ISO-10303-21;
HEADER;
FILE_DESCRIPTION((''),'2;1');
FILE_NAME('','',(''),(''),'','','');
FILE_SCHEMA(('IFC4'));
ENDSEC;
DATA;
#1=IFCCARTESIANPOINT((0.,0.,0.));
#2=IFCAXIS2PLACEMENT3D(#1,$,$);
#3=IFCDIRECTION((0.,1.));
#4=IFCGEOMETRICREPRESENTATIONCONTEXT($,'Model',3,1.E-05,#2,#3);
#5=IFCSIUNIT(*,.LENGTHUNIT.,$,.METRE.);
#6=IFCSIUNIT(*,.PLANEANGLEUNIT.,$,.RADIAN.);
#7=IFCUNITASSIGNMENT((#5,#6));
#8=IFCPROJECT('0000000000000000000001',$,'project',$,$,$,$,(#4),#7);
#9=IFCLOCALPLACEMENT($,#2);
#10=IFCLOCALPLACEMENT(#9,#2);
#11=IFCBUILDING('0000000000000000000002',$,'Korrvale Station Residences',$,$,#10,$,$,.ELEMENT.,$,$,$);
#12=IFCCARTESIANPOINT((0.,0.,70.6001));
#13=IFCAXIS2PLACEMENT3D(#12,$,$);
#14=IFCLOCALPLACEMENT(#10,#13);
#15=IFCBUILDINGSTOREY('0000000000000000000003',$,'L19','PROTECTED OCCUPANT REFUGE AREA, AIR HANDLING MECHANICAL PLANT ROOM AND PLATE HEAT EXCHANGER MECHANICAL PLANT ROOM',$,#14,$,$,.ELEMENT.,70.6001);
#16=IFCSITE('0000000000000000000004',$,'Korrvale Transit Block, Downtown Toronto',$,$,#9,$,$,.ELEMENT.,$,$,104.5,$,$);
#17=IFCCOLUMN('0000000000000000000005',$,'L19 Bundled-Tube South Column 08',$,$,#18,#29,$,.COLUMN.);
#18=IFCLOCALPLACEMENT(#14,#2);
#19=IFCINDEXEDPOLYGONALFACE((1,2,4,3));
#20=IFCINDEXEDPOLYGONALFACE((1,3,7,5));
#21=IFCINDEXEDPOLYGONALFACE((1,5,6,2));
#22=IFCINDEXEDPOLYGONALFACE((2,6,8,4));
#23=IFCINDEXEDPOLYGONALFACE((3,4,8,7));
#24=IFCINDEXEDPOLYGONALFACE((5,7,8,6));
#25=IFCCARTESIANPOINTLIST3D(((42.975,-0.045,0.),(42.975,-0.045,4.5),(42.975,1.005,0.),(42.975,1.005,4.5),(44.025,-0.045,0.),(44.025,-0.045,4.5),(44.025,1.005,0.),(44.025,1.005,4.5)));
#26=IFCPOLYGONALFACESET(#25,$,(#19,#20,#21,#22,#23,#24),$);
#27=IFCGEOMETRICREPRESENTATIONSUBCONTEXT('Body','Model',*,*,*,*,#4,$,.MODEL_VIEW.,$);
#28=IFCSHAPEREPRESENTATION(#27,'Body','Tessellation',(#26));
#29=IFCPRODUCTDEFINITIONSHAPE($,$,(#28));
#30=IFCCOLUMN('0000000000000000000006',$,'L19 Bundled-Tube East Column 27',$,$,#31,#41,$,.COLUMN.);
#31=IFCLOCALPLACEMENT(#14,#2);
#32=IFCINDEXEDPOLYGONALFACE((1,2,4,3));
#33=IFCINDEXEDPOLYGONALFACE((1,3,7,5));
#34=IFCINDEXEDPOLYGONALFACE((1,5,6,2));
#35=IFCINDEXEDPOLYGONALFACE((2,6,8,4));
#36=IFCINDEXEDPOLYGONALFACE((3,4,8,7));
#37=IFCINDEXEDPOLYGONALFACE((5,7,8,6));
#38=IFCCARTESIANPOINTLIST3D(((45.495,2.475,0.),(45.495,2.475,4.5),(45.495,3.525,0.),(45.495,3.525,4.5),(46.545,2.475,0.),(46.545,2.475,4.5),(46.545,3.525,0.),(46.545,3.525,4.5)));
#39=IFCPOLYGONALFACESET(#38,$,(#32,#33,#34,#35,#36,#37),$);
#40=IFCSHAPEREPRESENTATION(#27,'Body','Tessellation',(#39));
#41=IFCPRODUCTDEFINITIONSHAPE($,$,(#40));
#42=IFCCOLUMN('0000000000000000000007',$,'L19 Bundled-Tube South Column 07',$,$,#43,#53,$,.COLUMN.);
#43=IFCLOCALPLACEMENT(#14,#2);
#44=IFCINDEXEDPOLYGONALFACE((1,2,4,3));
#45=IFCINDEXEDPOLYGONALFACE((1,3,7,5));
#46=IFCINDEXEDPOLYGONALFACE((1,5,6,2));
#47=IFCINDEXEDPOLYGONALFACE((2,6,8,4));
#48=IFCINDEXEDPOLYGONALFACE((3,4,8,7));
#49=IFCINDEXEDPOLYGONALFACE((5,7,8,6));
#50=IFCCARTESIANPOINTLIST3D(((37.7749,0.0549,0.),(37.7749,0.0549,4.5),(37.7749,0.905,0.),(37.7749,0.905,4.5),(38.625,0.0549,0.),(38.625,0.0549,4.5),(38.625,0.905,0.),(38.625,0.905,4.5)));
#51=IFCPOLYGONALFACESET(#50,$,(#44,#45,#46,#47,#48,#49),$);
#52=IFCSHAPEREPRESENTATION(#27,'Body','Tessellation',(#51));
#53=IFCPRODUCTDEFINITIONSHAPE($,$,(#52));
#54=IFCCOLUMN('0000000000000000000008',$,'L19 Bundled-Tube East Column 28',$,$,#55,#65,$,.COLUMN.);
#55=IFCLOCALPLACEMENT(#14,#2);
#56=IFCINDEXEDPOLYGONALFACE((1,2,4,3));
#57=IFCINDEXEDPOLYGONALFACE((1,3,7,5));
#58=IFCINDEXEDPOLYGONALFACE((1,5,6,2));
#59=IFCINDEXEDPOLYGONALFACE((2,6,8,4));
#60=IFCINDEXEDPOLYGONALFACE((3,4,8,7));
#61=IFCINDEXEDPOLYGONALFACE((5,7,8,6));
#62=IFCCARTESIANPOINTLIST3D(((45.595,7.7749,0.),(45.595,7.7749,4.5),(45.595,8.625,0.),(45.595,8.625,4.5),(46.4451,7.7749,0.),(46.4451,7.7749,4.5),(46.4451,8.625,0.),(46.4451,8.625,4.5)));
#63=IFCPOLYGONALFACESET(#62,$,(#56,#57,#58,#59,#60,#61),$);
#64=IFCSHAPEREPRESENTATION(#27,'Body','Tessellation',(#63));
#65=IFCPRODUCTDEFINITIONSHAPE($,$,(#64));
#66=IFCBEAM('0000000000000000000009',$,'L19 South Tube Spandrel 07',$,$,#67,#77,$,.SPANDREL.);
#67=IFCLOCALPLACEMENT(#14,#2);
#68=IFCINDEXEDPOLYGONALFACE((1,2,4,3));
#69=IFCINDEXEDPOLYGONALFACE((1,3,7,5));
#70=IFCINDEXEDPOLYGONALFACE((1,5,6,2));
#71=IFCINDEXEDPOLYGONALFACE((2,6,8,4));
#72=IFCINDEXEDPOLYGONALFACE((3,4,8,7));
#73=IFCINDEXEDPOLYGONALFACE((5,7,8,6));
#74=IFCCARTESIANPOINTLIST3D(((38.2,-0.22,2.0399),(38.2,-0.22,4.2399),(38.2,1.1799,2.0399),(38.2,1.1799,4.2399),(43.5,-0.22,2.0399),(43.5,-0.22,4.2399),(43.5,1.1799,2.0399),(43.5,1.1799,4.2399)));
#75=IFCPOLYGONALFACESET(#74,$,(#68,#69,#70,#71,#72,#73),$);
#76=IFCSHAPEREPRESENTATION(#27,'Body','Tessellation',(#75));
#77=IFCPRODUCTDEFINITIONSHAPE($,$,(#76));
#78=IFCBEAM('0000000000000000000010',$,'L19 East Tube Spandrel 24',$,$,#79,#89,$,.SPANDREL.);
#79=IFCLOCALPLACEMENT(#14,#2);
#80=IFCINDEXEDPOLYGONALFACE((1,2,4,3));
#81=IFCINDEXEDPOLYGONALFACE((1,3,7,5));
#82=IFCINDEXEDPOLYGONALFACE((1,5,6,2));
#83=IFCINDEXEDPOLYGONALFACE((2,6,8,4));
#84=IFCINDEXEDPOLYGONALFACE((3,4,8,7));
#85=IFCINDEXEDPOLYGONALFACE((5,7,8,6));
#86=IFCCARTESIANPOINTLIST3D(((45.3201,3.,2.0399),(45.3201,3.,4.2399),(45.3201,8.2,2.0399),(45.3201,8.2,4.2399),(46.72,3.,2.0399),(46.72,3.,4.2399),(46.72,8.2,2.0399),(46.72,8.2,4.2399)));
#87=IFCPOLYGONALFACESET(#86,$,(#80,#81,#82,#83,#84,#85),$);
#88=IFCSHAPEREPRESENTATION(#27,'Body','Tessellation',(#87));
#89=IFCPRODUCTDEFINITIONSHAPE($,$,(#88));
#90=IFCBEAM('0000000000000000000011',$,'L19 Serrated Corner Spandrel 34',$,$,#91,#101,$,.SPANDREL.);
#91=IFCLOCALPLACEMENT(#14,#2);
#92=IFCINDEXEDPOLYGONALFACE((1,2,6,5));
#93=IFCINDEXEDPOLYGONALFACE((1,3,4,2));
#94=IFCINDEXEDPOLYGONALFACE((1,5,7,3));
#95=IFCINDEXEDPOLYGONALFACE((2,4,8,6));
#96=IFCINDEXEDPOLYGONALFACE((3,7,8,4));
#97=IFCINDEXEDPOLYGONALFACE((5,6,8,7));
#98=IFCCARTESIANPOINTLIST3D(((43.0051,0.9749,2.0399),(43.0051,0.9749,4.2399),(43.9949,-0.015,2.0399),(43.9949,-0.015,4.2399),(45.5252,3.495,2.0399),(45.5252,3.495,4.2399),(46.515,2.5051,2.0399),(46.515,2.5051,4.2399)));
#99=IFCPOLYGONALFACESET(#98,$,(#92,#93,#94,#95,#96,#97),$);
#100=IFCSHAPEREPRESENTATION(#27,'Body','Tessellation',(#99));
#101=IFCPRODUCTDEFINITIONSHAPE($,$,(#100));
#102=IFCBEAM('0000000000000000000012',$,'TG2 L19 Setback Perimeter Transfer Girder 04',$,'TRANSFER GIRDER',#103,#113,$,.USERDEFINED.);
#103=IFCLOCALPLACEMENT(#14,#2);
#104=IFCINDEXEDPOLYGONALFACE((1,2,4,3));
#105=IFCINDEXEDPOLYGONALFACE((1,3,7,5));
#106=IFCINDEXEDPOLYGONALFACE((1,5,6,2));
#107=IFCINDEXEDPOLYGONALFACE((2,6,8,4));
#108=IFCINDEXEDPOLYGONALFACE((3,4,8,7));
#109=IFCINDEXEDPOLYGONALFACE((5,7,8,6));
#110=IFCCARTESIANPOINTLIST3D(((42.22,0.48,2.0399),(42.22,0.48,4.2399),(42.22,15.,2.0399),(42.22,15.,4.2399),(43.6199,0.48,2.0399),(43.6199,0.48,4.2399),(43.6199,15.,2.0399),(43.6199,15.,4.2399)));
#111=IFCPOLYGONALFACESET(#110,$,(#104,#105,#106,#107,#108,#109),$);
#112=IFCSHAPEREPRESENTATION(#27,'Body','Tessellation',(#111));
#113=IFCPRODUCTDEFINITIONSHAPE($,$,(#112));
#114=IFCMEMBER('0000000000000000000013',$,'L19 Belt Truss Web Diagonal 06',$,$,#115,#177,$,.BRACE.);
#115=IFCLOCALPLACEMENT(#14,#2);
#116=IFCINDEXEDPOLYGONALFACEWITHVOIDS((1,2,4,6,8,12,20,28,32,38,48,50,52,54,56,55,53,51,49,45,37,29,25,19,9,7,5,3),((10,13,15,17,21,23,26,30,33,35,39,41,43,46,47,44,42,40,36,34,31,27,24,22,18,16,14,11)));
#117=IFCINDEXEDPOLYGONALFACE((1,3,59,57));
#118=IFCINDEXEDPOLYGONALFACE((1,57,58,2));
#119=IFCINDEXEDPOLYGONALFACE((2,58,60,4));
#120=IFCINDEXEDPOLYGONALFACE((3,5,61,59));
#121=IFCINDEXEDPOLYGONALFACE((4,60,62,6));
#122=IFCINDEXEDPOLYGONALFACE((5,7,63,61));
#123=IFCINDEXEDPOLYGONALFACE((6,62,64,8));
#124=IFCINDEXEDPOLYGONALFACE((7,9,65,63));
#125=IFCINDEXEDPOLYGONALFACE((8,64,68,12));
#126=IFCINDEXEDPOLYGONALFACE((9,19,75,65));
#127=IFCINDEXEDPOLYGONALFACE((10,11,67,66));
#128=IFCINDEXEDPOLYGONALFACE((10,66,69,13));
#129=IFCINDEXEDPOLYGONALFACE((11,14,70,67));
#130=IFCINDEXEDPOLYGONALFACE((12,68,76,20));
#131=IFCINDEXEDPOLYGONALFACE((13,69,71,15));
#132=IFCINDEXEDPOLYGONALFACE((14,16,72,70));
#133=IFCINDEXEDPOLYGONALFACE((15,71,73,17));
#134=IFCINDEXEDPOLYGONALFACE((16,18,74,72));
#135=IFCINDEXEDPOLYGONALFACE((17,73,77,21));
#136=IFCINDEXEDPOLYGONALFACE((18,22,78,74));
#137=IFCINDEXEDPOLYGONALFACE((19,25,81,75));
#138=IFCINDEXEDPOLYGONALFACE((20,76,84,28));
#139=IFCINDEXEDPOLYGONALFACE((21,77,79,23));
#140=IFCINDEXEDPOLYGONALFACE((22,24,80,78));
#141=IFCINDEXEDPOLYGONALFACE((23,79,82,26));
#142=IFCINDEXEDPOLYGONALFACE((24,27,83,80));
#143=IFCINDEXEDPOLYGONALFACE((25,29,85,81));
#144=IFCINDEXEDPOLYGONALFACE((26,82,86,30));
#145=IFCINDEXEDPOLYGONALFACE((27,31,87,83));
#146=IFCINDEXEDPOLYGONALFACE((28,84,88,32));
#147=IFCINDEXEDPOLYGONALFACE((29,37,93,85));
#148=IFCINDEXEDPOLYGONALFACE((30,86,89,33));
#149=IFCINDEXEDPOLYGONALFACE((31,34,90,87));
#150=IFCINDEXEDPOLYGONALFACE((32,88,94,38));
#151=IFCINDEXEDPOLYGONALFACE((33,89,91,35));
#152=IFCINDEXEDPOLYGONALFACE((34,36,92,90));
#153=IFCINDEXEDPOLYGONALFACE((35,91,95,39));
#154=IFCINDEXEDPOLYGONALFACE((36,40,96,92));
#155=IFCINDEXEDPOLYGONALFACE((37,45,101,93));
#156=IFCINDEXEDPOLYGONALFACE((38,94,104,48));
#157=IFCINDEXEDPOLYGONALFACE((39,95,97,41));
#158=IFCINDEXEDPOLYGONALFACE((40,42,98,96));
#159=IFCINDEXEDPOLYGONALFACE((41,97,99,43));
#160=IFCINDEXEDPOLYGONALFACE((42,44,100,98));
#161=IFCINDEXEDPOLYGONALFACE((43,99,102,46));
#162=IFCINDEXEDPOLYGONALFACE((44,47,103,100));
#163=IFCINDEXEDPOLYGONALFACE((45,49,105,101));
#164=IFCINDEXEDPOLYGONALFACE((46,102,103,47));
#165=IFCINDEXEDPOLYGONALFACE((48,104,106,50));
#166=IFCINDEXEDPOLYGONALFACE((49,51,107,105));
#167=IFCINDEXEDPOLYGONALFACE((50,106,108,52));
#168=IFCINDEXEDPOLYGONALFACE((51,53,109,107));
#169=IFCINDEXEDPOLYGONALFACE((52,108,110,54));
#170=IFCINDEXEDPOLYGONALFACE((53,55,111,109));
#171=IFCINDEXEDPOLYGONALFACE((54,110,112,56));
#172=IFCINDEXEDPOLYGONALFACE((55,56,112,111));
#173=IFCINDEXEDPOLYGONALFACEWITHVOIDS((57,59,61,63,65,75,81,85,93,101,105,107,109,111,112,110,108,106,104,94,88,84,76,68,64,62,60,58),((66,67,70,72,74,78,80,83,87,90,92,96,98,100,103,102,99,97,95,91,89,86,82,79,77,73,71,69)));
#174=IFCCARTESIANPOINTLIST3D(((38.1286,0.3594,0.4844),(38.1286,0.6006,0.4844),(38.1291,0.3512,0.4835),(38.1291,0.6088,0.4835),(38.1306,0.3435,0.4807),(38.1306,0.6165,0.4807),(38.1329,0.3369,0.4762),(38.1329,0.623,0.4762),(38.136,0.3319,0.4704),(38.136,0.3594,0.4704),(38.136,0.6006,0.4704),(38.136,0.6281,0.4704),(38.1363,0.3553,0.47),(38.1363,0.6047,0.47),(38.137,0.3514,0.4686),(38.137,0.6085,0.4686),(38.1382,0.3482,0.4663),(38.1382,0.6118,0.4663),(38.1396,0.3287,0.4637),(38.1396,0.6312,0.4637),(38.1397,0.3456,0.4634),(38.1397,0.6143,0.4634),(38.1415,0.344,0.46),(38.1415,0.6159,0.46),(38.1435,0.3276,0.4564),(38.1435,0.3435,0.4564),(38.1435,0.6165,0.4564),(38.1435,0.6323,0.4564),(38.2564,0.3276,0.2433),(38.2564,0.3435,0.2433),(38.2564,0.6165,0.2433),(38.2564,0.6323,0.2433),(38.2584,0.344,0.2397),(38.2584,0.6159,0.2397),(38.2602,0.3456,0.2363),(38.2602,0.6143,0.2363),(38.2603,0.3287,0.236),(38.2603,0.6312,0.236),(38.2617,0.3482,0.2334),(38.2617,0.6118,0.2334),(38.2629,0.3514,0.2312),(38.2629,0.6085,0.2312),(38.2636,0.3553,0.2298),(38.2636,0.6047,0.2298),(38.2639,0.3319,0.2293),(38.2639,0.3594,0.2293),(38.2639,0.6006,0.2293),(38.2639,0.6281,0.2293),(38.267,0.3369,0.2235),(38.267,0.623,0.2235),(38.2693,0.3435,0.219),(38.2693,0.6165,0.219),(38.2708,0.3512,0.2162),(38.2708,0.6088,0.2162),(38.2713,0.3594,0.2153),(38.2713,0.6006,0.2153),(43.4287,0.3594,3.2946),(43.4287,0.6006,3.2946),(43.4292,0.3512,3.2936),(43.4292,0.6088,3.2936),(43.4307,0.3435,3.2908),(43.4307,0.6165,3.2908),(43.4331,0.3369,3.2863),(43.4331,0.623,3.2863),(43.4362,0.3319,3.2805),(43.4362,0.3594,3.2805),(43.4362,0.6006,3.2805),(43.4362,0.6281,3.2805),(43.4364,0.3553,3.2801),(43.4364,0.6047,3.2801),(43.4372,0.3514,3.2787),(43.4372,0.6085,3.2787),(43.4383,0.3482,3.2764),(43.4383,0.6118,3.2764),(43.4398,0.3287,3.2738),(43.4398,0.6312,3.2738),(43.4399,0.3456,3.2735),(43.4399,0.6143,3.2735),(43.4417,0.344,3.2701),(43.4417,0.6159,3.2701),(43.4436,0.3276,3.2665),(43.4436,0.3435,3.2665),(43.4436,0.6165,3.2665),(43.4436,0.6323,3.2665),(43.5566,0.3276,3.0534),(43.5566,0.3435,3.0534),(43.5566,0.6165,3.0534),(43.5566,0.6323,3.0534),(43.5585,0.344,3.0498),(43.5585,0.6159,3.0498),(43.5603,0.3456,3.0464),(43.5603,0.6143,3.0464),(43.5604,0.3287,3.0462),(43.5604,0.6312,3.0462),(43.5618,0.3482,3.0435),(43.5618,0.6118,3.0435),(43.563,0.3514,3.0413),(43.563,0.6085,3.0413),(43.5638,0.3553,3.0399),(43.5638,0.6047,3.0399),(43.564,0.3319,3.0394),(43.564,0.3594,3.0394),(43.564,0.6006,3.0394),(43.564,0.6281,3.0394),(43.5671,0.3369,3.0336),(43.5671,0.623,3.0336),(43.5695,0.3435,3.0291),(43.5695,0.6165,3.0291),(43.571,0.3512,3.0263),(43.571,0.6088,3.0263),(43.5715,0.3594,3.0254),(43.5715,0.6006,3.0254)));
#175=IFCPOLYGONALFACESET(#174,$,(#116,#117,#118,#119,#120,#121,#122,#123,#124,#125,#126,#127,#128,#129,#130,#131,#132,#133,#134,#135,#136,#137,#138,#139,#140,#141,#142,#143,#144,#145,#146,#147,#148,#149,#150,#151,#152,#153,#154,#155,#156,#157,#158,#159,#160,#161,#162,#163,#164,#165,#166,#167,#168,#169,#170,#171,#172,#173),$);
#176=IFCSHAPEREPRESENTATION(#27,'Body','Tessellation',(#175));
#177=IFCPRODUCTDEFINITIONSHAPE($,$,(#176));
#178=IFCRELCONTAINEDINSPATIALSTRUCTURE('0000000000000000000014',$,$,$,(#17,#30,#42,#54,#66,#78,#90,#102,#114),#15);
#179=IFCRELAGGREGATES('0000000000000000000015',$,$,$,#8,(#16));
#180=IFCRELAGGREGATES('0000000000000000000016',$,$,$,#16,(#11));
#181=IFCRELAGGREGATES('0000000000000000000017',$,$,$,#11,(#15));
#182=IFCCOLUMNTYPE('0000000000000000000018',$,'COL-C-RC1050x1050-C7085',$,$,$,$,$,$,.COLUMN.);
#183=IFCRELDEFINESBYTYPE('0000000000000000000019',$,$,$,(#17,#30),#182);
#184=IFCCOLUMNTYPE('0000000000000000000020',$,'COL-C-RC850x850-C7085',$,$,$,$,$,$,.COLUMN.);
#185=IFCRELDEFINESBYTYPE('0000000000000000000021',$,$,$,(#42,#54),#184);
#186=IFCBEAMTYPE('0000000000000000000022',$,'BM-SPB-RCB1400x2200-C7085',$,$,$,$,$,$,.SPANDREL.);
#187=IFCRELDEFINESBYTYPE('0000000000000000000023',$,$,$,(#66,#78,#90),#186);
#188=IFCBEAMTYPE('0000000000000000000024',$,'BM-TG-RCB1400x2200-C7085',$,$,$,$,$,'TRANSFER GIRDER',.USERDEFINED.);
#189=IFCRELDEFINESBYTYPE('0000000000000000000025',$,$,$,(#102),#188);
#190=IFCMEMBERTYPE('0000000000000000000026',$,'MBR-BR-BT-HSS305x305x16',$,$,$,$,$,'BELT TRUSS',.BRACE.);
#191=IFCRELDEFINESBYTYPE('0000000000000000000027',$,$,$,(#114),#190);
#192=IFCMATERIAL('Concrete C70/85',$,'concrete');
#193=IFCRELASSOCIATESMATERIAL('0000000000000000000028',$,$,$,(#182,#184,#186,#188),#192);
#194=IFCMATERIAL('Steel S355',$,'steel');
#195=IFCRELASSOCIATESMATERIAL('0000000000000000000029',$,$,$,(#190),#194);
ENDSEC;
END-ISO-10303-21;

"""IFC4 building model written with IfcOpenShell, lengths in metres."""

from ifc_helpers import new_model, si_unit, direction, frame, origin, origin_2d, place, context, subcontext, project, spatial, rectangle, hollow_rectangle, extrude, material, material_profile, profile_set, type_object, element, save


model = new_model("IFC4")

# Units and contexts
model_context = context("Model", 3, precision=1e-05, world=origin(), true_north=direction((0.0, 1.0)))
body_context = subcontext(model_context, "Body", "Model", "MODEL_VIEW")
ifc_project = project(units=[si_unit("LENGTHUNIT", "METRE"), si_unit("PLANEANGLEUNIT", "RADIAN")], contexts=[model_context])

# Site, building, storey
site_placement = place(None, origin())
site = spatial("IfcSite", under=ifc_project, at=site_placement, Name="Korrvale Transit Block, Downtown Toronto", CompositionType="ELEMENT", RefElevation=104.5)
building_placement = place(site_placement, origin())
building = spatial("IfcBuilding", under=site, at=building_placement, Name="Korrvale Station Residences", CompositionType="ELEMENT")
storey_placement = place(building_placement, frame((0.0, 0.0, 70.6001)))
storey = spatial("IfcBuildingStorey", under=building, at=storey_placement, Name="L19", Description="PROTECTED OCCUPANT REFUGE AREA, AIR HANDLING MECHANICAL PLANT ROOM AND PLATE HEAT EXCHANGER MECHANICAL PLANT ROOM", CompositionType="ELEMENT", Elevation=70.6001)

# Columns
ifc_material_1 = material(Name="Concrete C70/85", Category="concrete")
ifc_material_profile_1 = material_profile(ifc_material_1, rectangle(XDim=1.05, YDim=1.05, at=origin_2d()), Name="RC1050x1050")
ifc_profile_set_1 = profile_set([ifc_material_profile_1], Name="Concrete C70/85")
column_type_1 = type_object("IfcColumnType", Name="COL-C-RC1050x1050-C7085", PredefinedType="COLUMN", material=ifc_profile_set_1)
for number, where, z_axis, x_axis, name in (
    (1, (43.5, 0.48, 0.0), (0.0, 0.0, 1.0), (1.0, 0.0, 0.0), "L19 Bundled-Tube South Column 08"),
    (2, (46.02, 3.0, 0.0), (0.0, 0.0, 1.0), (1.0, 0.0, 0.0), "L19 Bundled-Tube East Column 27"),
):
    element("IfcColumn", number, at=place(storey_placement, frame(where, z_axis=z_axis, x_axis=x_axis)), inside=storey, type_object=column_type_1, Name=name, PredefinedType="COLUMN", context=body_context, shape_type="SweptSolid", body=[
        extrude(rectangle(XDim=1.05, YDim=1.05, at=origin_2d()), origin(), (0.0, 0.0, 1.0), 4.5),
    ])
ifc_material_profile_2 = material_profile(ifc_material_1, rectangle(XDim=0.8501, YDim=0.8501, at=origin_2d()), Name="RC850x850")
ifc_profile_set_2 = profile_set([ifc_material_profile_2], Name="Concrete C70/85")
column_type_2 = type_object("IfcColumnType", Name="COL-C-RC850x850-C7085", PredefinedType="COLUMN", material=ifc_profile_set_2)
for number, where, z_axis, x_axis, name in (
    (3, (38.2, 0.48, 0.0), (0.0, 0.0, 1.0), (1.0, 0.0, 0.0), "L19 Bundled-Tube South Column 07"),
    (4, (46.02, 8.2, 0.0), (0.0, 0.0, 1.0), (1.0, 0.0, 0.0), "L19 Bundled-Tube East Column 28"),
):
    element("IfcColumn", number, at=place(storey_placement, frame(where, z_axis=z_axis, x_axis=x_axis)), inside=storey, type_object=column_type_2, Name=name, PredefinedType="COLUMN", context=body_context, shape_type="SweptSolid", body=[
        extrude(rectangle(XDim=0.8501, YDim=0.8501, at=origin_2d()), origin(), (0.0, 0.0, 1.0), 4.5),
    ])

# Beams
ifc_material_profile_3 = material_profile(ifc_material_1, rectangle(XDim=1.3999, YDim=2.2, at=origin_2d()), Name="RCB1400x2200")
ifc_profile_set_3 = profile_set([ifc_material_profile_3], Name="Concrete C70/85")
beam_type_1 = type_object("IfcBeamType", Name="BM-SPB-RCB1400x2200-C7085", PredefinedType="SPANDREL", material=ifc_profile_set_3)
beam_1_placement = place(storey_placement, frame((38.2, 0.48, 3.1399), z_axis=(1.0, 0.0, 0.0), x_axis=(0.0, 1.0, 0.0)))
element("IfcBeam", 5, at=beam_1_placement, inside=storey, type_object=beam_type_1, Name="L19 South Tube Spandrel 07", PredefinedType="SPANDREL", context=body_context, shape_type="SweptSolid", body=[
    extrude(rectangle(XDim=1.3999, YDim=2.2, at=origin_2d()), origin(), (0.0, 0.0, 1.0), 5.3),
])
beam_2_placement = place(storey_placement, frame((46.02, 3.0, 3.1399), z_axis=(0.0, 1.0, 0.0), x_axis=(-1.0, 0.0, 0.0)))
element("IfcBeam", 6, at=beam_2_placement, inside=storey, type_object=beam_type_1, Name="L19 East Tube Spandrel 24", PredefinedType="SPANDREL", context=body_context, shape_type="SweptSolid", body=[
    extrude(rectangle(XDim=1.3999, YDim=2.2, at=origin_2d()), origin(), (0.0, 0.0, 1.0), 5.2),
])
beam_3_placement = place(storey_placement, frame((43.5, 0.48, 3.1399), z_axis=(0.707107, 0.707107, 0.0), x_axis=(-0.707107, 0.707107, 0.0)))
element("IfcBeam", 7, at=beam_3_placement, inside=storey, type_object=beam_type_1, Name="L19 Serrated Corner Spandrel 34", PredefinedType="SPANDREL", context=body_context, shape_type="SweptSolid", body=[
    extrude(rectangle(XDim=1.3999, YDim=2.2, at=origin_2d()), origin(), (0.0, 0.0, 1.0), 3.564),
])
ifc_material_profile_4 = material_profile(ifc_material_1, rectangle(XDim=1.3999, YDim=2.2, at=origin_2d()), Name="RCB1400x2200")
ifc_profile_set_4 = profile_set([ifc_material_profile_4], Name="Concrete C70/85")
beam_type_2 = type_object("IfcBeamType", Name="BM-TG-RCB1400x2200-C7085", ElementType="TRANSFER GIRDER", PredefinedType="USERDEFINED", material=ifc_profile_set_4)
beam_4_placement = place(storey_placement, frame((42.9199, 0.48, 3.1399), z_axis=(0.0, 1.0, 0.0), x_axis=(-1.0, 0.0, 0.0)))
element("IfcBeam", 8, at=beam_4_placement, inside=storey, type_object=beam_type_2, Name="TG2 L19 Setback Perimeter Transfer Girder 04", ObjectType="TRANSFER GIRDER", PredefinedType="USERDEFINED", context=body_context, shape_type="SweptSolid", body=[
    extrude(rectangle(XDim=1.3999, YDim=2.2, at=origin_2d()), origin(), (0.0, 0.0, 1.0), 14.52),
])

# Member
ifc_material_2 = material(Name="Steel S355", Category="steel")
ifc_material_profile_5 = material_profile(ifc_material_2, hollow_rectangle(XDim=0.3047, YDim=0.3047, WallThickness=0.0159, InnerFilletRadius=0.0159, OuterFilletRadius=0.0317, at=origin_2d()), Name="HSS305x305x16")
ifc_profile_set_5 = profile_set([ifc_material_profile_5], Name="Steel S355")
member_type_1 = type_object("IfcMemberType", Name="MBR-BR-BT-HSS305x305x16", ElementType="BELT TRUSS", PredefinedType="BRACE", material=ifc_profile_set_5)
member_1_placement = place(storey_placement, frame((38.2, 0.48, 0.3499), z_axis=(0.883502, 0.0, 0.468428), x_axis=(0.0, 1.0, 0.0)))
element("IfcMember", 9, at=member_1_placement, inside=storey, type_object=member_type_1, Name="L19 Belt Truss Web Diagonal 06", PredefinedType="BRACE", context=body_context, shape_type="SweptSolid", body=[
    extrude(hollow_rectangle(XDim=0.3047, YDim=0.3047, WallThickness=0.0159, InnerFilletRadius=0.0159, OuterFilletRadius=0.0317, at=origin_2d()), origin(), (0.0, 0.0, 1.0), 5.999),
])

save(model, "model.ifc")
